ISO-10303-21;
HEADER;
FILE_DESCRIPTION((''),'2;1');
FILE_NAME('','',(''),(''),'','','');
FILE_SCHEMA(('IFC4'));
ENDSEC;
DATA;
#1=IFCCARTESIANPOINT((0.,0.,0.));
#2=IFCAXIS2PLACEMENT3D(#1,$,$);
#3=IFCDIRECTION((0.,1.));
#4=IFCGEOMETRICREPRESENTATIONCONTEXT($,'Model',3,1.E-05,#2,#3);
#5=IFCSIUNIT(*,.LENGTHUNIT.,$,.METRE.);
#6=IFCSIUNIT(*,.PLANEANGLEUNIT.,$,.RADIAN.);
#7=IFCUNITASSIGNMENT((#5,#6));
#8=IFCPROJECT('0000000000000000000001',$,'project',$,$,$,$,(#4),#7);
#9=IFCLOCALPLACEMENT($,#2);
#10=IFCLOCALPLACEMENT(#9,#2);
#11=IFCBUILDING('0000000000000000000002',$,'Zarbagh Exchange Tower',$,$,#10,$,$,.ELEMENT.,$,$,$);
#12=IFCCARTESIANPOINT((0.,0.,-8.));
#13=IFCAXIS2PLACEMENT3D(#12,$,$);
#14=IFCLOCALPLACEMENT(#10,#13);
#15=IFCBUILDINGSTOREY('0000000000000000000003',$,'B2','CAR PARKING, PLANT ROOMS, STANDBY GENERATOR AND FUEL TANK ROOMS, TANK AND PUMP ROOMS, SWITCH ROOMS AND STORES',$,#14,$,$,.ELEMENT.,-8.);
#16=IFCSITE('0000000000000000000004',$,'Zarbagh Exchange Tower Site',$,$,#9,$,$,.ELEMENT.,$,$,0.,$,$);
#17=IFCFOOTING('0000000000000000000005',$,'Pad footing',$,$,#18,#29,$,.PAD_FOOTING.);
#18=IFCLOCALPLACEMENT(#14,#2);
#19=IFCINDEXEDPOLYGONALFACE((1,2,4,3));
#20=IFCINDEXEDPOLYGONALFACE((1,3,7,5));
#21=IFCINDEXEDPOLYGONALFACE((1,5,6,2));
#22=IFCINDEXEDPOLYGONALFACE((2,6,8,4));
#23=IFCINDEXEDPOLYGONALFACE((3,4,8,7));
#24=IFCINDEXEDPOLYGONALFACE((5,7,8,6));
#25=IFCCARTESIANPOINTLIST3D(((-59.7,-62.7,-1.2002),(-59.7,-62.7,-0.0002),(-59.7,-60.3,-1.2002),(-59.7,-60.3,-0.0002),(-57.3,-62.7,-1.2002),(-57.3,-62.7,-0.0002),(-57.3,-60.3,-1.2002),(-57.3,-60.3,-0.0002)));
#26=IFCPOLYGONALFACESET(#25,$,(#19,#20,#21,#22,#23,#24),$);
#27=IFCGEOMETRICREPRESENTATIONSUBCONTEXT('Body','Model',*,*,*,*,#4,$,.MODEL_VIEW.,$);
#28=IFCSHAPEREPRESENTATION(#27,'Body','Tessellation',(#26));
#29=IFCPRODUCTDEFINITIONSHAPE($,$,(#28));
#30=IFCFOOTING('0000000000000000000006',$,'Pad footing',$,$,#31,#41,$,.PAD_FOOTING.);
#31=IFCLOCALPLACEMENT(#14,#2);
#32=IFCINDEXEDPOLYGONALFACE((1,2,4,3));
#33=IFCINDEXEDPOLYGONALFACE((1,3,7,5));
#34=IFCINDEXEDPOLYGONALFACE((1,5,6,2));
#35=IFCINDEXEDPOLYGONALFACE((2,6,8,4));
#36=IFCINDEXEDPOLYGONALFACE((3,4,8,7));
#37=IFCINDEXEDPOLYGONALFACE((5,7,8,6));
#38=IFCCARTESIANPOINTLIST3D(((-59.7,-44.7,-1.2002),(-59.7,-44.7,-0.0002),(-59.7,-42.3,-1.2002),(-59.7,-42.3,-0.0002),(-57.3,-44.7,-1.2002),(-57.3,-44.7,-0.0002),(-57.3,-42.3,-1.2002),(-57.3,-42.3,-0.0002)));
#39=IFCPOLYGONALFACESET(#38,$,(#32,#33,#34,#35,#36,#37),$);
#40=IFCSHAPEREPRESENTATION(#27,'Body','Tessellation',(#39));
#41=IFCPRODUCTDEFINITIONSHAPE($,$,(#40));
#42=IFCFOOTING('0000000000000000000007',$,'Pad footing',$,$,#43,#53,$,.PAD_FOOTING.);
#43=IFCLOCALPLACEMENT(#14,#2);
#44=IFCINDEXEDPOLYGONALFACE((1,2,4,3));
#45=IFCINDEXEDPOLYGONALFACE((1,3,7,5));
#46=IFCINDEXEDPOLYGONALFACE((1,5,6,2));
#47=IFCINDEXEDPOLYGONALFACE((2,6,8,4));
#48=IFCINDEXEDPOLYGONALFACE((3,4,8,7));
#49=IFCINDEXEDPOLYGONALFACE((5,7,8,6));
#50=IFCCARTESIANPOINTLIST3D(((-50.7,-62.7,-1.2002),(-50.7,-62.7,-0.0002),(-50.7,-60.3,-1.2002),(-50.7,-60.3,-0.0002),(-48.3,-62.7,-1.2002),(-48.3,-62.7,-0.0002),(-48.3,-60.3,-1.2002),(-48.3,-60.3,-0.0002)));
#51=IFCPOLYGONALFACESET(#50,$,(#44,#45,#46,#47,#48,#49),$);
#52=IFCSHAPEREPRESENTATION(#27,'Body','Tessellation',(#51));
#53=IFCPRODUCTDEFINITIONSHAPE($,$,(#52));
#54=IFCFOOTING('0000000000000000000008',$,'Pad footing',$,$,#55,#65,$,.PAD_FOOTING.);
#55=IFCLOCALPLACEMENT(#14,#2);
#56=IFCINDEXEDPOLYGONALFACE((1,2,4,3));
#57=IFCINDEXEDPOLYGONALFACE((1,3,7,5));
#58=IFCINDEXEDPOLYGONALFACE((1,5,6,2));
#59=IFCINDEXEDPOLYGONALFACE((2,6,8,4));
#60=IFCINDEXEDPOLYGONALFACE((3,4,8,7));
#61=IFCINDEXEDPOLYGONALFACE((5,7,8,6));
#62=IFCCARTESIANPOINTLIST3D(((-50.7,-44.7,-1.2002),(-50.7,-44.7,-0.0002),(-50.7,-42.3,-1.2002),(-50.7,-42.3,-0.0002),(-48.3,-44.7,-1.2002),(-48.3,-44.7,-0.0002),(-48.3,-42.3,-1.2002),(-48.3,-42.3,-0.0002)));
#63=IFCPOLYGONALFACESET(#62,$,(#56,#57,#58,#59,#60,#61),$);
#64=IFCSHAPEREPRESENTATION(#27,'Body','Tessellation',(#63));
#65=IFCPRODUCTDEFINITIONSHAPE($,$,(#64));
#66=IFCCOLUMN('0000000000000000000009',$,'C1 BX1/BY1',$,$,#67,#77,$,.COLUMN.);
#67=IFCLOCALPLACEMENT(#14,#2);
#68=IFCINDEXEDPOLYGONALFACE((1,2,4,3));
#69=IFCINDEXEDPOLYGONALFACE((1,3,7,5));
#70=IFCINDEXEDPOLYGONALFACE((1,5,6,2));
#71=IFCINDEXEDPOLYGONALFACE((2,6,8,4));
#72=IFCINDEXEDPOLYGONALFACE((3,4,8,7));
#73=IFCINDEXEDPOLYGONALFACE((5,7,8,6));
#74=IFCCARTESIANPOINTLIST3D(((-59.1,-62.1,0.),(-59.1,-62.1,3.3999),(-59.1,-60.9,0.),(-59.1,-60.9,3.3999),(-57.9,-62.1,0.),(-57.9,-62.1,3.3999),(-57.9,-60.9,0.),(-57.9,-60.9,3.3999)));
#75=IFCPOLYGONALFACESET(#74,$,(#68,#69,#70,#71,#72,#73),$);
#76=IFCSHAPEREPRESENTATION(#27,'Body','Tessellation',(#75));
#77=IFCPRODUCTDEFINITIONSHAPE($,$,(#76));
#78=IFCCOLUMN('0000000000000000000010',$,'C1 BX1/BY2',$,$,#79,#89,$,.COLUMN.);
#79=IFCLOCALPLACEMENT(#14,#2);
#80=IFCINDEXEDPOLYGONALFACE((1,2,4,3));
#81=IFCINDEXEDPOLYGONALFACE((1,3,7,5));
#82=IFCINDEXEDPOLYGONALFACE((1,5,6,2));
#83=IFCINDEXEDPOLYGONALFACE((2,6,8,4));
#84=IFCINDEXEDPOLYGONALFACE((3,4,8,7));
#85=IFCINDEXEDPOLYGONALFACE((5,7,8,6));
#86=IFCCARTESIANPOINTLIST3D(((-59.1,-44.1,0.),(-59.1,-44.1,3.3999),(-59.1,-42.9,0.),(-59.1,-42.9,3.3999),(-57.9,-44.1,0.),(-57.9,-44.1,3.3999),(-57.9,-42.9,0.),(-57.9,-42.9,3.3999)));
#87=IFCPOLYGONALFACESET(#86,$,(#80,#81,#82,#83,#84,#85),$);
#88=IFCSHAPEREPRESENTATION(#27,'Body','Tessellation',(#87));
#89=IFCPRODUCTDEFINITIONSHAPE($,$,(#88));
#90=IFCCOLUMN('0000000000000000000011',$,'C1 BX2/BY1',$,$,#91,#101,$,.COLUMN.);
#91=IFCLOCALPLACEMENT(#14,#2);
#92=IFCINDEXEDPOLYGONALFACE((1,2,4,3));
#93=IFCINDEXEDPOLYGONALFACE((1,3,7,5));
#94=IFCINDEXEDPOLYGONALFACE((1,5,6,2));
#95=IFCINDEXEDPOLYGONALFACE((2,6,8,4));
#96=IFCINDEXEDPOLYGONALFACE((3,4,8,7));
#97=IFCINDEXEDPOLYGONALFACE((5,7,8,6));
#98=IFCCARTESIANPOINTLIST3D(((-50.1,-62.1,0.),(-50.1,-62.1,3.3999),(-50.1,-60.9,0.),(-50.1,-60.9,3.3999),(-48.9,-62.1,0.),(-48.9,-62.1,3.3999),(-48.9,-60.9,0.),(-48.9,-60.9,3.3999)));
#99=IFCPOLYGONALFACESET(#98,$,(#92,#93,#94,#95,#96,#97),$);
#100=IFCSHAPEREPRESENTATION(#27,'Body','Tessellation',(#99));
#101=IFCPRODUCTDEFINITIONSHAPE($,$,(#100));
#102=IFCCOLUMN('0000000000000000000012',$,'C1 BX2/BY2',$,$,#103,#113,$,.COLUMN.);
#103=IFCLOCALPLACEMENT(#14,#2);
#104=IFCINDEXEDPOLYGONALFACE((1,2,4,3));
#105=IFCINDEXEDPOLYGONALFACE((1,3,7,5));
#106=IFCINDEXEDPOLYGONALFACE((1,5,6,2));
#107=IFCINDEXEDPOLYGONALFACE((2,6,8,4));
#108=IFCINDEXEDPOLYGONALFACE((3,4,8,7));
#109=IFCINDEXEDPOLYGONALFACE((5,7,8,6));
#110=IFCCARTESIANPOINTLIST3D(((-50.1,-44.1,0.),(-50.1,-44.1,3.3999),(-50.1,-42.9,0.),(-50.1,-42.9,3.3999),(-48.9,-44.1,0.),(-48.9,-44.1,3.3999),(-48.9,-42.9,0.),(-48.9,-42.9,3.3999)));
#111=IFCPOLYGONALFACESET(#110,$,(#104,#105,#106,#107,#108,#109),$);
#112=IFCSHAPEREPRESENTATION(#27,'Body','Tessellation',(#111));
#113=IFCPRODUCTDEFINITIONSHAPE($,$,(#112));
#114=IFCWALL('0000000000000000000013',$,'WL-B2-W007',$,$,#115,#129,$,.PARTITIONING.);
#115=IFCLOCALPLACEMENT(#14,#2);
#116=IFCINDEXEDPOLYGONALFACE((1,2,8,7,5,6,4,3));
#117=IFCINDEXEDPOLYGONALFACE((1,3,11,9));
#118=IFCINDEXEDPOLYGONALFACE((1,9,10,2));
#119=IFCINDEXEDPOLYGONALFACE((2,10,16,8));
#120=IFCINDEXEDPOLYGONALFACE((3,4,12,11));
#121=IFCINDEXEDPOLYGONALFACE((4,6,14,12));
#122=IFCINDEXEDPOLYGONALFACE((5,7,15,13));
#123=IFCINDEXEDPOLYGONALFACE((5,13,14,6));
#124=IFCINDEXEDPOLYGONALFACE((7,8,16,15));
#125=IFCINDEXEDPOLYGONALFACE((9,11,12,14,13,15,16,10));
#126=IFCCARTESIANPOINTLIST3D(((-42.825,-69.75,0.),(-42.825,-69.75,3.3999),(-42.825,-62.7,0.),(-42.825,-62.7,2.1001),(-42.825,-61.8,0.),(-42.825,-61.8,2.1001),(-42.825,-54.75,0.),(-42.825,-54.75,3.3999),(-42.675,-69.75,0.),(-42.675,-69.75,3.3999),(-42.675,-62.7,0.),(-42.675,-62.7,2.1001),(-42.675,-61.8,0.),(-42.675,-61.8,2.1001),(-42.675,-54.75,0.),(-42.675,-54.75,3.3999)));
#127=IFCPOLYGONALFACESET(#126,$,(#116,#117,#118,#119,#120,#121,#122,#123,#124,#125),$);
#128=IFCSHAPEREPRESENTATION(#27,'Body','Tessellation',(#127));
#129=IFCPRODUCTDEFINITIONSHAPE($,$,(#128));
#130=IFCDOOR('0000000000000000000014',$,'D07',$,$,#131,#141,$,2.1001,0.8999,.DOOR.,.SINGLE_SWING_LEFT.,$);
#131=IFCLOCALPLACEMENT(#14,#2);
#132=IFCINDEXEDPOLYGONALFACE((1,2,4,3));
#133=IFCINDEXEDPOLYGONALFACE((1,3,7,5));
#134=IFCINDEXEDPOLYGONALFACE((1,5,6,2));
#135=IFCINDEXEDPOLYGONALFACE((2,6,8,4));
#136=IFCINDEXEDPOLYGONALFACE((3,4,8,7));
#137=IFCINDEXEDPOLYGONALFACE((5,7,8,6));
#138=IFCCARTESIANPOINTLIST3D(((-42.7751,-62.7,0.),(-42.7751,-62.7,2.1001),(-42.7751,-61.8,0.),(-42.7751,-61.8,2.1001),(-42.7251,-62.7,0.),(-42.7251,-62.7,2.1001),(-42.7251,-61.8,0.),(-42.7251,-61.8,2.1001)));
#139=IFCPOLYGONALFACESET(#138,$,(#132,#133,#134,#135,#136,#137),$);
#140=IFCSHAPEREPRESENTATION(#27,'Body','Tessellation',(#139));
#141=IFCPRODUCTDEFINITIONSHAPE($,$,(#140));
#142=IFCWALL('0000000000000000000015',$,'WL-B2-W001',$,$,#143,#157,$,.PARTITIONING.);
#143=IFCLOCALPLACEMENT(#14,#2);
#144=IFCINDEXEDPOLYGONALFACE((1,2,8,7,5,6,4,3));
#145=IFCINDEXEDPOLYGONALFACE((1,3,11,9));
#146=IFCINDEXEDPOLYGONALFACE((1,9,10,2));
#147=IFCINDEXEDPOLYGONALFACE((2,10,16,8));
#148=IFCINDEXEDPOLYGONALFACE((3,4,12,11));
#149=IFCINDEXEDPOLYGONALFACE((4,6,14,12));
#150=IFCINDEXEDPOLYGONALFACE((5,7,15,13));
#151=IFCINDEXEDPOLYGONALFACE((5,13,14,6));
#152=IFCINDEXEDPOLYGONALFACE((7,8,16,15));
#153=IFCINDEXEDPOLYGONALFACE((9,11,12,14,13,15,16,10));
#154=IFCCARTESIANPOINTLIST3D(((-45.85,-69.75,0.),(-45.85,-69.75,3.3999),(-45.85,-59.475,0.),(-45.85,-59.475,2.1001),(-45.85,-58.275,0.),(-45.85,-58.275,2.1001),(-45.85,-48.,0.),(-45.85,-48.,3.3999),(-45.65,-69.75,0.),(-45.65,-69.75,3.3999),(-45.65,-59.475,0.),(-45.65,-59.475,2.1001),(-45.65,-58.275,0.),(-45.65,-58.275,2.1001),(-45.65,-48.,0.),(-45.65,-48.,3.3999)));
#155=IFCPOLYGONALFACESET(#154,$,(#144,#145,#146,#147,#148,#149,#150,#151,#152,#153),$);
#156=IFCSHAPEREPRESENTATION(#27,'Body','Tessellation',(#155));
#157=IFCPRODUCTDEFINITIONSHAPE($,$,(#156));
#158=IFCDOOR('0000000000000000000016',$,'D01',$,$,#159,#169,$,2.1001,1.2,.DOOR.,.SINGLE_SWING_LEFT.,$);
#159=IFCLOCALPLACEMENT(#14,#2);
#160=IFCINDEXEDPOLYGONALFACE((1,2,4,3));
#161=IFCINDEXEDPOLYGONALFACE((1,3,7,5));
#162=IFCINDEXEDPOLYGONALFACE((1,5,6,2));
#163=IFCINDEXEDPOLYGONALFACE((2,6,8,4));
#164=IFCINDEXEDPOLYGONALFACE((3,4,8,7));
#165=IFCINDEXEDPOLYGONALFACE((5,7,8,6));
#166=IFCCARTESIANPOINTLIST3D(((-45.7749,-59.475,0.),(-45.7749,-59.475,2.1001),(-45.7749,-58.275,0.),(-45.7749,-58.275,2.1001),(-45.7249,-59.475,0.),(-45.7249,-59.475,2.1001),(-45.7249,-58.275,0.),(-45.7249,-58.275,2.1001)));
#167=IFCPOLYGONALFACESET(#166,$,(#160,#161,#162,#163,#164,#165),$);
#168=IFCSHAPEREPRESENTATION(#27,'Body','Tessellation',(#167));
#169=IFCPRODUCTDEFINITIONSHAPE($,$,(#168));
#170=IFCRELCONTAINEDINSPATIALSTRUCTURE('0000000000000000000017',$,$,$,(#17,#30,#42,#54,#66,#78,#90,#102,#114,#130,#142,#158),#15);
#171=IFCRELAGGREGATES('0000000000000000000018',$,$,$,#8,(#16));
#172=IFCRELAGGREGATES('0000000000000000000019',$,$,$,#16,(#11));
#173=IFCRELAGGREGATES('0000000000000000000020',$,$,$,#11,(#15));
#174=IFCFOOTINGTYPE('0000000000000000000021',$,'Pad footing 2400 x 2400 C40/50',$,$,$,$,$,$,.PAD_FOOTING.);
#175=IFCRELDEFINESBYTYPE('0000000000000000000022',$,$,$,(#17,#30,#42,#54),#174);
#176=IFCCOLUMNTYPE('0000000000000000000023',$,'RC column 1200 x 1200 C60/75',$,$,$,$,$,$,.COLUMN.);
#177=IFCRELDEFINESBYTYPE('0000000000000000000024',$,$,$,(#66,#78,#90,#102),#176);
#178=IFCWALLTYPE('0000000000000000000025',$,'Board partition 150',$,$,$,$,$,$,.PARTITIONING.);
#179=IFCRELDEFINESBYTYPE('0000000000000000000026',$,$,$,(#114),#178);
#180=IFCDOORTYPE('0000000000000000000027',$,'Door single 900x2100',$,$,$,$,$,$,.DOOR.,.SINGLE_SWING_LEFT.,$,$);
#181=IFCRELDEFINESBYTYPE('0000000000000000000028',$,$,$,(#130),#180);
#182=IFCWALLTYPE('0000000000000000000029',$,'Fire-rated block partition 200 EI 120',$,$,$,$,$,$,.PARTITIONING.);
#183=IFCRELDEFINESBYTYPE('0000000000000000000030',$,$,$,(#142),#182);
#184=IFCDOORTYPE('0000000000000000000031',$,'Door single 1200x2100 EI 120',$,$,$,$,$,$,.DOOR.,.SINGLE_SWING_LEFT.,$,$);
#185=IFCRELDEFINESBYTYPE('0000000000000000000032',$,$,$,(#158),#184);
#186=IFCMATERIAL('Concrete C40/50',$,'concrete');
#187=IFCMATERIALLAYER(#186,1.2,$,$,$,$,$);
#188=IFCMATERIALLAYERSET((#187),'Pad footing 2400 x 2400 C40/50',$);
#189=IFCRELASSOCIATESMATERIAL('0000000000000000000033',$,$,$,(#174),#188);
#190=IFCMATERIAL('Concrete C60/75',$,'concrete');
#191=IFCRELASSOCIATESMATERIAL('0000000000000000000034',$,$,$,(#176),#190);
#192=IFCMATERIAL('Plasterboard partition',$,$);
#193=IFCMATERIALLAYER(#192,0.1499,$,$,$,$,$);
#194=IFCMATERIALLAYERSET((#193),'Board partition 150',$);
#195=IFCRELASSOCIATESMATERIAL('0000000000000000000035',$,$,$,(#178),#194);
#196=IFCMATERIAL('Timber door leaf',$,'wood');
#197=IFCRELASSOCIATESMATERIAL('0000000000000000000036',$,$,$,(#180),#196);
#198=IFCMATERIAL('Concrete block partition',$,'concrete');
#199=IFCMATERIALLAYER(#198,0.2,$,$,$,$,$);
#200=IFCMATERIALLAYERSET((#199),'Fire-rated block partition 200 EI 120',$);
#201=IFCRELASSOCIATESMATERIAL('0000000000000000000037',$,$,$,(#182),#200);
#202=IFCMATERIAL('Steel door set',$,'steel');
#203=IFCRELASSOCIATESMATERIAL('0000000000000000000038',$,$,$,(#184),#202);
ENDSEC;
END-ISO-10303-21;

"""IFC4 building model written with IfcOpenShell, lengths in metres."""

from ifc_helpers import new_model, si_unit, direction, frame, frame_2d, origin, origin_2d, place, context, subcontext, project, spatial, rectangle, extrude, material, layer, layer_set, material_profile, profile_set, type_object, element, fill, save


model = new_model("IFC4")

# Units and contexts
model_context = context("Model", 3, precision=1e-05, world=origin(), true_north=direction((0.0, 1.0)))
body_context = subcontext(model_context, "Body", "Model", "MODEL_VIEW")
ifc_project = project(units=[si_unit("LENGTHUNIT", "METRE"), si_unit("PLANEANGLEUNIT", "RADIAN")], contexts=[model_context])

# Site, building, storey
site_placement = place(None, origin())
site = spatial("IfcSite", under=ifc_project, at=site_placement, Name="Zarbagh Exchange Tower Site", CompositionType="ELEMENT", RefElevation=0.0)
building_placement = place(site_placement, origin())
building = spatial("IfcBuilding", under=site, at=building_placement, Name="Zarbagh Exchange Tower", CompositionType="ELEMENT")
storey_placement = place(building_placement, frame((0.0, 0.0, -8.0)))
storey = spatial("IfcBuildingStorey", under=building, at=storey_placement, Name="B2", Description="CAR PARKING, PLANT ROOMS, STANDBY GENERATOR AND FUEL TANK ROOMS, TANK AND PUMP ROOMS, SWITCH ROOMS AND STORES", CompositionType="ELEMENT", Elevation=-8.0)

# Shared definitions
ifc_material_1 = material(Name="Concrete C40/50", Category="concrete")

# Footings
ifc_layer_1 = layer(ifc_material_1, 1.2)
ifc_layer_set_1 = layer_set([ifc_layer_1], Name="Pad footing 2400 x 2400 C40/50")
footing_type = type_object("IfcFootingType", Name="Pad footing 2400 x 2400 C40/50", PredefinedType="PAD_FOOTING", material=ifc_layer_set_1)
for number, where, z_axis, x_axis, name in (
    (1, (-58.5, -61.5, -1.2002), (0.0, 0.0, 1.0), (1.0, 0.0, 0.0), "Pad footing"),
    (2, (-58.5, -43.5, -1.2002), (0.0, 0.0, 1.0), (1.0, 0.0, 0.0), "Pad footing"),
    (3, (-49.5, -61.5, -1.2002), (0.0, 0.0, 1.0), (1.0, 0.0, 0.0), "Pad footing"),
    (4, (-49.5, -43.5, -1.2002), (0.0, 0.0, 1.0), (1.0, 0.0, 0.0), "Pad footing"),
):
    element("IfcFooting", number, at=place(storey_placement, frame(where, z_axis=z_axis, x_axis=x_axis)), inside=storey, type_object=footing_type, Name=name, PredefinedType="PAD_FOOTING", context=body_context, shape_type="SweptSolid", body=[
        extrude(rectangle(XDim=2.3999, YDim=2.3999, at=origin_2d()), origin(), (0.0, 0.0, 1.0), 1.2),
    ])

# Columns
ifc_material_2 = material(Name="Concrete C60/75", Category="concrete")
ifc_material_profile_1 = material_profile(ifc_material_2, rectangle(XDim=1.2, YDim=1.2, at=origin_2d()), Name="RC column 1200 x 1200 C60/75")
ifc_profile_set_1 = profile_set([ifc_material_profile_1], Name="Concrete C60/75")
column_type = type_object("IfcColumnType", Name="RC column 1200 x 1200 C60/75", PredefinedType="COLUMN", material=ifc_profile_set_1)
for number, where, z_axis, x_axis, name in (
    (5, (-58.5, -61.5, 0.0), (0.0, 0.0, 1.0), (1.0, 0.0, 0.0), "C1 BX1/BY1"),
    (6, (-58.5, -43.5, 0.0), (0.0, 0.0, 1.0), (1.0, 0.0, 0.0), "C1 BX1/BY2"),
    (7, (-49.5, -61.5, 0.0), (0.0, 0.0, 1.0), (1.0, 0.0, 0.0), "C1 BX2/BY1"),
    (8, (-49.5, -43.5, 0.0), (0.0, 0.0, 1.0), (1.0, 0.0, 0.0), "C1 BX2/BY2"),
):
    element("IfcColumn", number, at=place(storey_placement, frame(where, z_axis=z_axis, x_axis=x_axis)), inside=storey, type_object=column_type, Name=name, PredefinedType="COLUMN", context=body_context, shape_type="SweptSolid", body=[
        extrude(rectangle(XDim=1.2, YDim=1.2, at=origin_2d()), origin(), (0.0, 0.0, 1.0), 3.3999),
    ])

# Walls, openings, doors
ifc_material_3 = material(Name="Plasterboard partition")
ifc_layer_2 = layer(ifc_material_3, 0.1499)
ifc_layer_set_2 = layer_set([ifc_layer_2], Name="Board partition 150")
wall_type_1 = type_object("IfcWallType", Name="Board partition 150", PredefinedType="PARTITIONING", material=ifc_layer_set_2)
wall_1_placement = place(storey_placement, frame((-42.75, -54.75, 0.0), z_axis=(0.0, 0.0, 1.0), x_axis=(0.0, -1.0, 0.0)))
wall_1 = element("IfcWall", 9, at=wall_1_placement, inside=storey, type_object=wall_type_1, Name="WL-B2-W007", PredefinedType="PARTITIONING", context=body_context, shape_type="SweptSolid", body=[
    extrude(rectangle(XDim=15.0, YDim=0.1499, at=frame_2d((7.5, 0.0))), origin(), (0.0, 0.0, 1.0), 3.3999),
])
opening_1_placement = place(wall_1_placement, frame((7.05, 0.0, 0.0)))
opening_1 = element("IfcOpeningElement", 10, at=opening_1_placement, cuts=wall_1, PredefinedType="OPENING", context=body_context, shape_type="SweptSolid", body=[
    extrude(rectangle(XDim=0.8999, YDim=2.1001, at=frame_2d((0.45, 1.05))), frame((0.0, 0.085, 0.0), z_axis=(0.0, -1.0, 0.0), x_axis=(1.0, 0.0, 0.0)), (0.0, 0.0, 1.0), 0.1699),
])
ifc_material_4 = material(Name="Timber door leaf", Category="wood")
door_type_1 = type_object("IfcDoorType", Name="Door single 900x2100", OperationType="SINGLE_SWING_LEFT", PredefinedType="DOOR", material=ifc_material_4)
door_1_placement = place(opening_1_placement, origin())
door_1 = element("IfcDoor", 11, at=door_1_placement, inside=storey, type_object=door_type_1, Name="D07", OperationType="SINGLE_SWING_LEFT", OverallHeight=2.1001, OverallWidth=0.8999, PredefinedType="DOOR", context=body_context, shape_type="SweptSolid", body=[
    extrude(rectangle(XDim=0.8999, YDim=2.1001, at=frame_2d((0.45, 1.05))), frame((0.0, 0.0249, 0.0), z_axis=(0.0, -1.0, 0.0), x_axis=(1.0, 0.0, 0.0)), (0.0, 0.0, 1.0), 0.05),
])
fill(opening_1, door_1)
ifc_material_5 = material(Name="Concrete block partition", Category="concrete")
ifc_layer_3 = layer(ifc_material_5, 0.2)
ifc_layer_set_3 = layer_set([ifc_layer_3], Name="Fire-rated block partition 200 EI 120")
wall_type_2 = type_object("IfcWallType", Name="Fire-rated block partition 200 EI 120", PredefinedType="PARTITIONING", material=ifc_layer_set_3)
wall_2_placement = place(storey_placement, frame((-45.75, -69.75, 0.0), z_axis=(0.0, 0.0, 1.0), x_axis=(0.0, 1.0, 0.0)))
wall_2 = element("IfcWall", 12, at=wall_2_placement, inside=storey, type_object=wall_type_2, Name="WL-B2-W001", PredefinedType="PARTITIONING", context=body_context, shape_type="SweptSolid", body=[
    extrude(rectangle(XDim=21.75, YDim=0.2, at=frame_2d((10.875, 0.0))), origin(), (0.0, 0.0, 1.0), 3.3999),
])
opening_2_placement = place(wall_2_placement, frame((10.2749, 0.0, 0.0)))
opening_2 = element("IfcOpeningElement", 13, at=opening_2_placement, cuts=wall_2, PredefinedType="OPENING", context=body_context, shape_type="SweptSolid", body=[
    extrude(rectangle(XDim=1.2, YDim=2.1001, at=frame_2d((0.6001, 1.05))), frame((0.0, 0.1099, 0.0), z_axis=(0.0, -1.0, 0.0), x_axis=(1.0, 0.0, 0.0)), (0.0, 0.0, 1.0), 0.22),
])
ifc_material_6 = material(Name="Steel door set", Category="steel")
door_type_2 = type_object("IfcDoorType", Name="Door single 1200x2100 EI 120", OperationType="SINGLE_SWING_LEFT", PredefinedType="DOOR", material=ifc_material_6)
door_2_placement = place(opening_2_placement, origin())
door_2 = element("IfcDoor", 14, at=door_2_placement, inside=storey, type_object=door_type_2, Name="D01", OperationType="SINGLE_SWING_LEFT", OverallHeight=2.1001, OverallWidth=1.2, PredefinedType="DOOR", context=body_context, shape_type="SweptSolid", body=[
    extrude(rectangle(XDim=1.2, YDim=2.1001, at=frame_2d((0.6001, 1.05))), frame((0.0, 0.0249, 0.0), z_axis=(0.0, -1.0, 0.0), x_axis=(1.0, 0.0, 0.0)), (0.0, 0.0, 1.0), 0.05),
])
fill(opening_2, door_2)

save(model, "model.ifc")
